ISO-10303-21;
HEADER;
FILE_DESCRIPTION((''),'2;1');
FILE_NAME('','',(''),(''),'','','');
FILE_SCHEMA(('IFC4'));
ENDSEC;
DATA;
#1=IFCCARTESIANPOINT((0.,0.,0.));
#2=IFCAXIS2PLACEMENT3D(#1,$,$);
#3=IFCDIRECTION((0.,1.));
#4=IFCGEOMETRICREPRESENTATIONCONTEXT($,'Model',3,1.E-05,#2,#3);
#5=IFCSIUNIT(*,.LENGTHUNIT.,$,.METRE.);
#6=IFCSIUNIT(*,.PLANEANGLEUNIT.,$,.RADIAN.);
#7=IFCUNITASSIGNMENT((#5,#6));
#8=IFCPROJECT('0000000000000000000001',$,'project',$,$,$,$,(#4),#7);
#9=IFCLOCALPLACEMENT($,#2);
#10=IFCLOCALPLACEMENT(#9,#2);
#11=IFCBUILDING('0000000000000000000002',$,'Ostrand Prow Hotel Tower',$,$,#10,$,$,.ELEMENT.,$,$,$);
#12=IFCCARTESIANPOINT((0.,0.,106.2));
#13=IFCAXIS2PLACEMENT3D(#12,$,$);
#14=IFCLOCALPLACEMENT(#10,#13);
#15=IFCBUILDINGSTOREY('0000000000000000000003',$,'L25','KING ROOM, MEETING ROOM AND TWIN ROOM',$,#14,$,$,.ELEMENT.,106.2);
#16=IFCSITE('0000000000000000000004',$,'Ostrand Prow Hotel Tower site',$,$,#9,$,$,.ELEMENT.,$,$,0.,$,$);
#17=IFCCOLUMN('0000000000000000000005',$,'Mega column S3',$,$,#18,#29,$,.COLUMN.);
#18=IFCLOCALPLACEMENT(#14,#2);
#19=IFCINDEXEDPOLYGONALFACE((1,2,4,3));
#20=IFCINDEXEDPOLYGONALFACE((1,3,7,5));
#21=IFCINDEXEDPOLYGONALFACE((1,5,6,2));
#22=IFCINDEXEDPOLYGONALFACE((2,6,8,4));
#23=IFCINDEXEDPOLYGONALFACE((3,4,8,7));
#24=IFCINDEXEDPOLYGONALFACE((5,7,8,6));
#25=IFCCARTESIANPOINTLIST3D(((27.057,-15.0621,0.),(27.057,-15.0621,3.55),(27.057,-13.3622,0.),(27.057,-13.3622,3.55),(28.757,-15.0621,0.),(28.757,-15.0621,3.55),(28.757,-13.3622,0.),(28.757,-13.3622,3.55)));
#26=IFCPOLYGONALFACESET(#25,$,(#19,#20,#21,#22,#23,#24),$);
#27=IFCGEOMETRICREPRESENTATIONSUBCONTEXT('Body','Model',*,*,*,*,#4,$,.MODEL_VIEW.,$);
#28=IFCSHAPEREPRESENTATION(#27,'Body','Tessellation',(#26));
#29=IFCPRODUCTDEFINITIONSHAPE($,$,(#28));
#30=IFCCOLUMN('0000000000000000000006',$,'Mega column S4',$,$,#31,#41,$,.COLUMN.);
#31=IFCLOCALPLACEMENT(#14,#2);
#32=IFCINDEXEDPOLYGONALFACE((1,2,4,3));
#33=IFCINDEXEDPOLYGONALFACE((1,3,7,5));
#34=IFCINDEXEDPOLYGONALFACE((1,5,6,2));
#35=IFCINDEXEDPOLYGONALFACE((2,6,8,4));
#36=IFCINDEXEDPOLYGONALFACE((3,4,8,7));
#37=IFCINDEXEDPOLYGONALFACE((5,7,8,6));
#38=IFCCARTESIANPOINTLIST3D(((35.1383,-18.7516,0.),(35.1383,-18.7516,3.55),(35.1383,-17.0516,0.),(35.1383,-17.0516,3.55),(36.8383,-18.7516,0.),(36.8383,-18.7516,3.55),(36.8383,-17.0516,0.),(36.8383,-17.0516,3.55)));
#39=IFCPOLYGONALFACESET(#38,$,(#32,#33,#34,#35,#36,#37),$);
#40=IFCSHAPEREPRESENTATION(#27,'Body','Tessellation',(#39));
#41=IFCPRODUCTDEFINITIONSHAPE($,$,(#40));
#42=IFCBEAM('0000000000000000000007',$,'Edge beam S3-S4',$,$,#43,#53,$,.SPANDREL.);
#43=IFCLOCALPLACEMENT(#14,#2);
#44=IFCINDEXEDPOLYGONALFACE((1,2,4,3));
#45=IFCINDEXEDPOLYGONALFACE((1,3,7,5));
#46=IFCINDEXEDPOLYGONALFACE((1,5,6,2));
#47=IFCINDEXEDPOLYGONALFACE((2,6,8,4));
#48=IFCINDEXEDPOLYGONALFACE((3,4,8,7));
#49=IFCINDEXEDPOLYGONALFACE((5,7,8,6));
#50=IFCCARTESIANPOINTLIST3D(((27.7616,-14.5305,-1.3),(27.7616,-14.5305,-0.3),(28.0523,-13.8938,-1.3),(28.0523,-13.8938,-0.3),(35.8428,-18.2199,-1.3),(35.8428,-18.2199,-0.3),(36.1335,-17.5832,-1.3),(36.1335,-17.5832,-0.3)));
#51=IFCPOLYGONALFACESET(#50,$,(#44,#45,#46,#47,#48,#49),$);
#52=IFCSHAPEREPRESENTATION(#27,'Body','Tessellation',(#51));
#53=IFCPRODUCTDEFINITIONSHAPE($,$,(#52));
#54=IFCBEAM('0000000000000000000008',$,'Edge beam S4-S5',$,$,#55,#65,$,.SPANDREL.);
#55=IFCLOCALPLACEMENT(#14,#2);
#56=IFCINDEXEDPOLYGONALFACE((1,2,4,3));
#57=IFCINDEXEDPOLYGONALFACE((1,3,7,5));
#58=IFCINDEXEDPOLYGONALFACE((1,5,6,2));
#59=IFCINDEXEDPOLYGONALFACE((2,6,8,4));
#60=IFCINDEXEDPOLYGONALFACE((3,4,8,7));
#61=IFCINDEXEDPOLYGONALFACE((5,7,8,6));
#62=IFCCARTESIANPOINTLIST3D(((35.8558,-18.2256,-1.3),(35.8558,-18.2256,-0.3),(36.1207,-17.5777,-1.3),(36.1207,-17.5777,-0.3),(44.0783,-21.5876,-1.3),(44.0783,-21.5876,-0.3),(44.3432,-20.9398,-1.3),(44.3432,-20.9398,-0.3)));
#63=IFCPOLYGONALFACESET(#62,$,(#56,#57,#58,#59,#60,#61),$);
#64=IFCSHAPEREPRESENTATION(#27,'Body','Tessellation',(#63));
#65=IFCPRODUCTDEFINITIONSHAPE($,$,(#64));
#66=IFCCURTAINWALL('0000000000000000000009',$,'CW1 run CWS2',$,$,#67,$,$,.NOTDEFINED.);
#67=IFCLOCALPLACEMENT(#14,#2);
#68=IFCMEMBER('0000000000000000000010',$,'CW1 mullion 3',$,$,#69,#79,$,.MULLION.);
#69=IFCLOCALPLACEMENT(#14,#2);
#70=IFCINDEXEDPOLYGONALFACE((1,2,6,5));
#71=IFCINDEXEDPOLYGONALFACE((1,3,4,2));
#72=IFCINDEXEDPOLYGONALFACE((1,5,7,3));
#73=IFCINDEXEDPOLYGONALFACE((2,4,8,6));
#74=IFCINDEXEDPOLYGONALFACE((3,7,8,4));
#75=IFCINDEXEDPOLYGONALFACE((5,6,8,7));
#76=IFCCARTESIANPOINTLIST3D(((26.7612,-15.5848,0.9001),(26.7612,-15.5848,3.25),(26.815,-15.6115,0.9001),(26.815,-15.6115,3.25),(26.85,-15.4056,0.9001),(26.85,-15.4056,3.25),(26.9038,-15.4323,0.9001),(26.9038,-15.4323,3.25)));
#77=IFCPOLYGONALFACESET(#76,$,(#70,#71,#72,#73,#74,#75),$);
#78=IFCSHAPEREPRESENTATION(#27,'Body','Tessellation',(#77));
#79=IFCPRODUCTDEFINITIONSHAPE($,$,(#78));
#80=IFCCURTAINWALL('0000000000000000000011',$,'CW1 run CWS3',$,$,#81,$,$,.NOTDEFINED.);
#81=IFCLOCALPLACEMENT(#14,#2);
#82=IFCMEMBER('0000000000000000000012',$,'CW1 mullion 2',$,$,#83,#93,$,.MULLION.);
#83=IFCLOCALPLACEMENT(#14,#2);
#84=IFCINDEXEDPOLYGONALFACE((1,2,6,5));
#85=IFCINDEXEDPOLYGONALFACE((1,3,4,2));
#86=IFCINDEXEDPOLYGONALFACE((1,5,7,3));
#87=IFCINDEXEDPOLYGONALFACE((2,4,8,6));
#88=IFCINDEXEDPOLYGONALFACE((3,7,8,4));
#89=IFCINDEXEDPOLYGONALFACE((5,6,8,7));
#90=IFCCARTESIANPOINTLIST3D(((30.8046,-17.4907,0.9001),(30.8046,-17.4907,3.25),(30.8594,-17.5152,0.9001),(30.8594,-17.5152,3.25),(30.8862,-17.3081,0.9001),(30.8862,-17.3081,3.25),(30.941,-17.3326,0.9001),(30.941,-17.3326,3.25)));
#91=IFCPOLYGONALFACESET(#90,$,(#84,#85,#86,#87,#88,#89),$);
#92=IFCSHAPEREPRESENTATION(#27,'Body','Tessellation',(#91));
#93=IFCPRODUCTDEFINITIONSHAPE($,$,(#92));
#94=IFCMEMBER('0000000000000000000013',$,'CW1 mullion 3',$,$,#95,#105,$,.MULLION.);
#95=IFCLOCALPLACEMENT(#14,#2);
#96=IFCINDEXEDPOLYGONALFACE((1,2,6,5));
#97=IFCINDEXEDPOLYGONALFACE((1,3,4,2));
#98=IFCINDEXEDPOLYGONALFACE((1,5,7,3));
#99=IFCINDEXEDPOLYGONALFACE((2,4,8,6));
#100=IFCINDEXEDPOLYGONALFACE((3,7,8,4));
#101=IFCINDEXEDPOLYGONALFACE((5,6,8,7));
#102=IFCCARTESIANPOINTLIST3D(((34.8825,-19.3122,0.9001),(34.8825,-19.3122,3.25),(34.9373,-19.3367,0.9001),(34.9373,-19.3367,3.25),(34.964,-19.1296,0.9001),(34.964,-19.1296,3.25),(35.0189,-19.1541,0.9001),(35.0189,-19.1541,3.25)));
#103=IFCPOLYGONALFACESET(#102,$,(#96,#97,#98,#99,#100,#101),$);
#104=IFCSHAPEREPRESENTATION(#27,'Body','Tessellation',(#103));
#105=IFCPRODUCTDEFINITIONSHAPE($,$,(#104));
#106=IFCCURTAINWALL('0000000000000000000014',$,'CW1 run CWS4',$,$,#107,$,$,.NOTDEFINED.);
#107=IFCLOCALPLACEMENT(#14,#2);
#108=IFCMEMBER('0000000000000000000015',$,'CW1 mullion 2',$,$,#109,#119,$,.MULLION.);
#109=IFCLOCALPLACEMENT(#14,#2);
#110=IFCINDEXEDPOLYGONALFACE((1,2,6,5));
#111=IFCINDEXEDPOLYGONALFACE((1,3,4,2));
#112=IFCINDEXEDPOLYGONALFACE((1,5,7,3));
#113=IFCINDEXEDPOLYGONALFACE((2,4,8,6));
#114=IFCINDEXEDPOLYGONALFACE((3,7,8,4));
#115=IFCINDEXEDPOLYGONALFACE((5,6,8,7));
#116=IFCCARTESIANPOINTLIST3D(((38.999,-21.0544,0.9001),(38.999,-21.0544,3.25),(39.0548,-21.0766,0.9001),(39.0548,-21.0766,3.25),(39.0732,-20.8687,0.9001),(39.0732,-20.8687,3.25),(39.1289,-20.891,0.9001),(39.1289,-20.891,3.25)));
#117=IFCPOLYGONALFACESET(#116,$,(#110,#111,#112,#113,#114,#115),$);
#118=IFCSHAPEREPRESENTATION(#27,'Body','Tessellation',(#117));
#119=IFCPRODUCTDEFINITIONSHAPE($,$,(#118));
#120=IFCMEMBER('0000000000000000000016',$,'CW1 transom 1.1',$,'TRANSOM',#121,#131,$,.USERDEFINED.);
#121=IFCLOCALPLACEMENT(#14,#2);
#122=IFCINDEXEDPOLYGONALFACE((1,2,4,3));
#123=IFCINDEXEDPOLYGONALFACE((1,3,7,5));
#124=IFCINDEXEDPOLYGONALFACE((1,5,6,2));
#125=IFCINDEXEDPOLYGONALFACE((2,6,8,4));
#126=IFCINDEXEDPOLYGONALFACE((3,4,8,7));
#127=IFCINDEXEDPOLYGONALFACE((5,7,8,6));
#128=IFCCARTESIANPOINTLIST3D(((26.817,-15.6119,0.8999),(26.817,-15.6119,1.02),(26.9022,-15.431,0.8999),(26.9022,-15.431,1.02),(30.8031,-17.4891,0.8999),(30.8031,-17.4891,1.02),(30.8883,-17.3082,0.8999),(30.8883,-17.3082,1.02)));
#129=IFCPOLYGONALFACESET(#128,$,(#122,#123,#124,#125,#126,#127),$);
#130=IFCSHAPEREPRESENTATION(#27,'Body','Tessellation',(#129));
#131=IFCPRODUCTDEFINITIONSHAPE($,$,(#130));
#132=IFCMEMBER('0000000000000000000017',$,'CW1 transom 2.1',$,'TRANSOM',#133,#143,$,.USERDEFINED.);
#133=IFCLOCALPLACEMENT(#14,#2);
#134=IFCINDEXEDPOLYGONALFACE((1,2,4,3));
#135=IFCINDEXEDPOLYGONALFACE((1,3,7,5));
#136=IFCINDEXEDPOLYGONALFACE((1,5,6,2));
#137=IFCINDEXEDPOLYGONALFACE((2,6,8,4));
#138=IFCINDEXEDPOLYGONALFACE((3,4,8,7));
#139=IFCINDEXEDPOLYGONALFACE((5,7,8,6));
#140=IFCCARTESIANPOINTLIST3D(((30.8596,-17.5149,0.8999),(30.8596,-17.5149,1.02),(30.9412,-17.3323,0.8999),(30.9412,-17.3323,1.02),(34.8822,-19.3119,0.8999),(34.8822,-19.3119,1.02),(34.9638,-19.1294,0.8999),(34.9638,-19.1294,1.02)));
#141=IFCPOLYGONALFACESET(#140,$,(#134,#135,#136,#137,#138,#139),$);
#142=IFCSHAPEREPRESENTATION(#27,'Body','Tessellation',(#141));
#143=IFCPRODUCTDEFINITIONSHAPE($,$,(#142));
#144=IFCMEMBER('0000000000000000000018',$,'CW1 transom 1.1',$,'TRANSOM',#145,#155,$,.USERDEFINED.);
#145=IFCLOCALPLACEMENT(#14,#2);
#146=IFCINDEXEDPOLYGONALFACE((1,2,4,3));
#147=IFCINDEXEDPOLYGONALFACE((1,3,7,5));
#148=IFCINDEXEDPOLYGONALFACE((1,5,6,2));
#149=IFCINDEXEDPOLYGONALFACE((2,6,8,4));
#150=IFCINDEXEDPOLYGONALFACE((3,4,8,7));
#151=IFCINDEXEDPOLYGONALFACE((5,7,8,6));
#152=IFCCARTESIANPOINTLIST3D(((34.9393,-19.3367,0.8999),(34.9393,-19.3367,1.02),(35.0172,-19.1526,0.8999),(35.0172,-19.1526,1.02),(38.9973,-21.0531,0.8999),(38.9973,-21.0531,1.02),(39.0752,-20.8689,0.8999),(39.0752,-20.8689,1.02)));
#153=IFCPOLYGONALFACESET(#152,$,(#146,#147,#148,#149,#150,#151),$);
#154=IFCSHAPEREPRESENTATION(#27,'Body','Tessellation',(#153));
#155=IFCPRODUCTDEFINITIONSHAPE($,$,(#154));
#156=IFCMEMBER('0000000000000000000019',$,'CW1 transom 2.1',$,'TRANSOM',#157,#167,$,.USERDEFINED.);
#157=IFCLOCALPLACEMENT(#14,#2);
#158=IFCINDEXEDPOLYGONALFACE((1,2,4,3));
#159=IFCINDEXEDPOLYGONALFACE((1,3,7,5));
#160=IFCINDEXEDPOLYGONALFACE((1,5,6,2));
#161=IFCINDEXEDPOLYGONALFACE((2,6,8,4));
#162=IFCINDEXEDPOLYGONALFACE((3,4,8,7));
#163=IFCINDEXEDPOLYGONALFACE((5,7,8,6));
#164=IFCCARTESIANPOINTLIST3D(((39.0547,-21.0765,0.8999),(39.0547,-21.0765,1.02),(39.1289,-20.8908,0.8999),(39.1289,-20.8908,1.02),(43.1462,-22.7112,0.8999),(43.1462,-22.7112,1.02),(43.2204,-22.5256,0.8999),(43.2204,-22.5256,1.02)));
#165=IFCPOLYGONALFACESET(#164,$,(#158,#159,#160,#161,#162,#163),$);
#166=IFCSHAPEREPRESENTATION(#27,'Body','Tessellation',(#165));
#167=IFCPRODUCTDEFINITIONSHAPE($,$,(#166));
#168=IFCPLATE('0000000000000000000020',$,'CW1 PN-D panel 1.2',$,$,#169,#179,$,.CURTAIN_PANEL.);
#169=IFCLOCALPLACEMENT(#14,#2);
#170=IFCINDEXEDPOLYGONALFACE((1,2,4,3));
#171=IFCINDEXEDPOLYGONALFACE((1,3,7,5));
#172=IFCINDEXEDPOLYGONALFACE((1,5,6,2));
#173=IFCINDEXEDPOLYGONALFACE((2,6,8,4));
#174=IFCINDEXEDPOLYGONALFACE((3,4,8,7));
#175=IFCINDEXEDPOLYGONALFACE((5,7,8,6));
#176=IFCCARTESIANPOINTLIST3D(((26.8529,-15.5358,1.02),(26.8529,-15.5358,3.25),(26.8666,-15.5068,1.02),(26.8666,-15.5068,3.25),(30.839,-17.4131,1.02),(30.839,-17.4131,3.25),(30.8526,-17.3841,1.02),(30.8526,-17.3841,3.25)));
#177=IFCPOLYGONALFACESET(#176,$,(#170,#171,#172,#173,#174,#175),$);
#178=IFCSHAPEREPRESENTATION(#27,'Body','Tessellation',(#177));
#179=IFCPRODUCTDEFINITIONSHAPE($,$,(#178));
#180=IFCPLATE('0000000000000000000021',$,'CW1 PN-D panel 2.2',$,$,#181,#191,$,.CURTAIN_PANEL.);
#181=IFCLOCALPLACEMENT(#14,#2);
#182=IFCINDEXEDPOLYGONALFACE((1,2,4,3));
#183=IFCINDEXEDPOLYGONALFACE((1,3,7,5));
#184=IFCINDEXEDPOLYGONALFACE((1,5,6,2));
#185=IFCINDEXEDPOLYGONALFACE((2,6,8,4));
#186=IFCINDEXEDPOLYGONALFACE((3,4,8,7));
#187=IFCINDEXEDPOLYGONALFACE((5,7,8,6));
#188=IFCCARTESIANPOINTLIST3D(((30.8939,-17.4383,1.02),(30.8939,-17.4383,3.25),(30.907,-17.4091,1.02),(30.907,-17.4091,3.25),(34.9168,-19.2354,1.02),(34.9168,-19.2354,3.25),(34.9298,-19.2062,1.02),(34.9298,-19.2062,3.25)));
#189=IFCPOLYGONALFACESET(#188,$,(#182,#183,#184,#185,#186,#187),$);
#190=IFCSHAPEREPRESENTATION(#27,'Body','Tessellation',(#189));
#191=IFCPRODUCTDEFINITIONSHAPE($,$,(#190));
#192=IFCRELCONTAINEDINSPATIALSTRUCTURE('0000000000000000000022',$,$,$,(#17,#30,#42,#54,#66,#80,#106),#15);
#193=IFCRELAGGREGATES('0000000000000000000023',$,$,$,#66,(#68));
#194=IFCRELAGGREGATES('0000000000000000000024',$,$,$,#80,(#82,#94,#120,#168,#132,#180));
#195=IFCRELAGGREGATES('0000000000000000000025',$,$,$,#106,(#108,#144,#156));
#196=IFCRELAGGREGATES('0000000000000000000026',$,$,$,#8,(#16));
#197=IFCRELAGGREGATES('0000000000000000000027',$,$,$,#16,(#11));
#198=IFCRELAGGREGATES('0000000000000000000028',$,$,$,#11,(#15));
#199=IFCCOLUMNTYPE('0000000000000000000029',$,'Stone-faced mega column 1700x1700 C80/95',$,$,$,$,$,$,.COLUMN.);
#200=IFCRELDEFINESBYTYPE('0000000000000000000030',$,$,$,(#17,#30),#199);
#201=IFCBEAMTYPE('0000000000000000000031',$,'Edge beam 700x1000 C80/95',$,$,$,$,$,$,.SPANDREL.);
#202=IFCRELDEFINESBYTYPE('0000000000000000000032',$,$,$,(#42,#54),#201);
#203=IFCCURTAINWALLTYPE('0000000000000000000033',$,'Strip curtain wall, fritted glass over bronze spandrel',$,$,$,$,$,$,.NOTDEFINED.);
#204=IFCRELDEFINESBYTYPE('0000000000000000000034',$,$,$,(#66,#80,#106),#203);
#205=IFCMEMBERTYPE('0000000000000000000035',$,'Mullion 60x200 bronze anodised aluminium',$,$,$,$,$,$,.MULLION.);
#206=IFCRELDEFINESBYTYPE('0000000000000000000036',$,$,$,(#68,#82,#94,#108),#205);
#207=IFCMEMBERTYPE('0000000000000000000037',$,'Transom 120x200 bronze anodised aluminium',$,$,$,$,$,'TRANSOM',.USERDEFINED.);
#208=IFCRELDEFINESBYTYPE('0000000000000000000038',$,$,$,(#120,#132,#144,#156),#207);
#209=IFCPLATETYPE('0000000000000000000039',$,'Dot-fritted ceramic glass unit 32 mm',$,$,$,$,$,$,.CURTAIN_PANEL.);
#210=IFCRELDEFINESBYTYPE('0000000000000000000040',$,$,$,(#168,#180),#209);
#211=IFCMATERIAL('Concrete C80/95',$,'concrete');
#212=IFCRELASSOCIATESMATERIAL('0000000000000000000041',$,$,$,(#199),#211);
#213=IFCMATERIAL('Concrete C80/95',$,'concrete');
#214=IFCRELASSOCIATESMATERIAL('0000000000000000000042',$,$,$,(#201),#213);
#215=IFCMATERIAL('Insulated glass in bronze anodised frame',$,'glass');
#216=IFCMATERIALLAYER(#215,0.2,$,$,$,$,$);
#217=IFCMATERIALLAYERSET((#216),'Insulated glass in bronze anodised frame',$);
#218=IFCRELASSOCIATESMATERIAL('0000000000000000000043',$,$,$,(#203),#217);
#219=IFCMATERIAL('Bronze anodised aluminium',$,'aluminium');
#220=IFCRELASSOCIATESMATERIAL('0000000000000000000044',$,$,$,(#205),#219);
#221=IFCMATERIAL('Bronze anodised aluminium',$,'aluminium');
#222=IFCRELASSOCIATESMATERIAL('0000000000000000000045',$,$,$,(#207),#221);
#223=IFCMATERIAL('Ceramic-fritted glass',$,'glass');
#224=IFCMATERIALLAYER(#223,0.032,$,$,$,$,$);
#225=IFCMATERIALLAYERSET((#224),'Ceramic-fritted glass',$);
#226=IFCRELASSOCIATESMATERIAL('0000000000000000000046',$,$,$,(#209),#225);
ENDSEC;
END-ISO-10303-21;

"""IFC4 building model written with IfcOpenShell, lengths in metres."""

from ifc_helpers import new_model, si_unit, direction, frame, origin, origin_2d, place, context, subcontext, project, spatial, rectangle, extrude, material, layer, layer_set, material_profile, profile_set, type_object, element, aggregate, save


model = new_model("IFC4")

# Units and contexts
model_context = context("Model", 3, precision=1e-05, world=origin(), true_north=direction((0.0, 1.0)))
body_context = subcontext(model_context, "Body", "Model", "MODEL_VIEW")
ifc_project = project(units=[si_unit("LENGTHUNIT", "METRE"), si_unit("PLANEANGLEUNIT", "RADIAN")], contexts=[model_context])

# Site, building, storey
site_placement = place(None, origin())
site = spatial("IfcSite", under=ifc_project, at=site_placement, Name="Ostrand Prow Hotel Tower site", CompositionType="ELEMENT", RefElevation=0.0)
building_placement = place(site_placement, origin())
building = spatial("IfcBuilding", under=site, at=building_placement, Name="Ostrand Prow Hotel Tower", CompositionType="ELEMENT")
storey_placement = place(building_placement, frame((0.0, 0.0, 106.2)))
storey = spatial("IfcBuildingStorey", under=building, at=storey_placement, Name="L25", Description="KING ROOM, MEETING ROOM AND TWIN ROOM", CompositionType="ELEMENT", Elevation=106.2)

# Columns
ifc_material_1 = material(Name="Concrete C80/95", Category="concrete")
ifc_material_profile_1 = material_profile(ifc_material_1, rectangle(XDim=1.7, YDim=1.7, at=origin_2d()), Name="RC 1700x1700")
ifc_profile_set_1 = profile_set([ifc_material_profile_1], Name="Concrete C80/95")
column_type = type_object("IfcColumnType", Name="Stone-faced mega column 1700x1700 C80/95", PredefinedType="COLUMN", material=ifc_profile_set_1)
for number, where, z_axis, x_axis, name in (
    (1, (27.907, -14.2122, 0.0), (0.0, 0.0, 1.0), (1.0, 0.0, 0.0), "Mega column S3"),
    (2, (35.9883, -17.9016, 0.0), (0.0, 0.0, 1.0), (1.0, 0.0, 0.0), "Mega column S4"),
):
    element("IfcColumn", number, at=place(storey_placement, frame(where, z_axis=z_axis, x_axis=x_axis)), inside=storey, type_object=column_type, Name=name, PredefinedType="COLUMN", context=body_context, shape_type="SweptSolid", body=[
        extrude(rectangle(XDim=1.7, YDim=1.7, at=origin_2d()), origin(), (0.0, 0.0, 1.0), 3.55),
    ])

# Beams
ifc_material_2 = material(Name="Concrete C80/95", Category="concrete")
ifc_material_profile_2 = material_profile(ifc_material_2, rectangle(XDim=0.7, YDim=1.0, at=origin_2d()), Name="RC 700x1000")
ifc_profile_set_2 = profile_set([ifc_material_profile_2], Name="Concrete C80/95")
beam_type = type_object("IfcBeamType", Name="Edge beam 700x1000 C80/95", PredefinedType="SPANDREL", material=ifc_profile_set_2)
beam_1_placement = place(storey_placement, frame((27.907, -14.2122, -0.8), z_axis=(0.909681, -0.415308, 0.0), x_axis=(0.415308, 0.909681, 0.0)))
element("IfcBeam", 3, at=beam_1_placement, inside=storey, type_object=beam_type, Name="Edge beam S3-S4", PredefinedType="SPANDREL", context=body_context, shape_type="SweptSolid", body=[
    extrude(rectangle(XDim=0.7, YDim=1.0, at=origin_2d()), origin(), (0.0, 0.0, 1.0), 8.8835),
])
beam_2_placement = place(storey_placement, frame((35.9883, -17.9016, -0.8), z_axis=(0.925612, -0.378473, 0.0), x_axis=(0.378473, 0.925612, 0.0)))
element("IfcBeam", 4, at=beam_2_placement, inside=storey, type_object=beam_type, Name="Edge beam S4-S5", PredefinedType="SPANDREL", context=body_context, shape_type="SweptSolid", body=[
    extrude(rectangle(XDim=0.7, YDim=1.0, at=origin_2d()), origin(), (0.0, 0.0, 1.0), 8.8833),
])

# Curtain wall, member
ifc_material_3 = material(Name="Insulated glass in bronze anodised frame", Category="glass")
ifc_layer_1 = layer(ifc_material_3, 0.2)
ifc_layer_set_1 = layer_set([ifc_layer_1], Name="Insulated glass in bronze anodised frame")
curtain_wall_type = type_object("IfcCurtainWallType", Name="Strip curtain wall, fritted glass over bronze spandrel", PredefinedType="NOTDEFINED", material=ifc_layer_set_1)
curtain_wall_1_placement = place(storey_placement, origin())
curtain_wall_1 = element("IfcCurtainWall", 5, at=curtain_wall_1_placement, inside=storey, type_object=curtain_wall_type, Name="CW1 run CWS2", PredefinedType="NOTDEFINED")
ifc_material_4 = material(Name="Bronze anodised aluminium", Category="aluminium")
ifc_material_profile_3 = material_profile(ifc_material_4, rectangle(XDim=0.2, YDim=0.0601, at=origin_2d()), Name="Mullion 60x200 bronze anodised aluminium")
ifc_profile_set_3 = profile_set([ifc_material_profile_3], Name="Bronze anodised aluminium")
member_type_1 = type_object("IfcMemberType", Name="Mullion 60x200 bronze anodised aluminium", PredefinedType="MULLION", material=ifc_profile_set_3)
member_1_placement = place(storey_placement, frame((26.8325, -15.5085, 0.9001), z_axis=(0.0, 0.0, 1.0), x_axis=(0.444113, 0.895971, 0.0)))
member_1 = element("IfcMember", 6, at=member_1_placement, type_object=member_type_1, Name="CW1 mullion 3", PredefinedType="MULLION", context=body_context, shape_type="SweptSolid", body=[
    extrude(rectangle(XDim=0.2, YDim=0.0601, at=origin_2d()), origin(), (0.0, 0.0, 1.0), 2.3499),
])
aggregate(curtain_wall_1, [member_1])

# Curtain wall, members
curtain_wall_2_placement = place(storey_placement, origin())
curtain_wall_2 = element("IfcCurtainWall", 7, at=curtain_wall_2_placement, inside=storey, type_object=curtain_wall_type, Name="CW1 run CWS3", PredefinedType="NOTDEFINED")
member_2_placement = place(storey_placement, frame((30.8728, -17.4116, 0.9001), z_axis=(0.0, 0.0, 1.0), x_axis=(0.407875, 0.913038, 0.0)))
member_2 = element("IfcMember", 8, at=member_2_placement, type_object=member_type_1, Name="CW1 mullion 2", PredefinedType="MULLION", context=body_context, shape_type="SweptSolid", body=[
    extrude(rectangle(XDim=0.2, YDim=0.0601, at=origin_2d()), origin(), (0.0, 0.0, 1.0), 2.3499),
])
member_3_placement = place(storey_placement, frame((34.9507, -19.2332, 0.9001), z_axis=(0.0, 0.0, 1.0), x_axis=(0.407875, 0.913038, 0.0)))
member_3 = element("IfcMember", 9, at=member_3_placement, type_object=member_type_1, Name="CW1 mullion 3", PredefinedType="MULLION", context=body_context, shape_type="SweptSolid", body=[
    extrude(rectangle(XDim=0.2, YDim=0.0601, at=origin_2d()), origin(), (0.0, 0.0, 1.0), 2.3499),
])

# Curtain wall, member
curtain_wall_3_placement = place(storey_placement, origin())
curtain_wall_3 = element("IfcCurtainWall", 10, at=curtain_wall_3_placement, inside=storey, type_object=curtain_wall_type, Name="CW1 run CWS4", PredefinedType="NOTDEFINED")
member_4_placement = place(storey_placement, frame((39.064, -20.9727, 0.9001), z_axis=(0.0, 0.0, 1.0), x_axis=(0.370982, 0.92864, 0.0)))
member_4 = element("IfcMember", 11, at=member_4_placement, type_object=member_type_1, Name="CW1 mullion 2", PredefinedType="MULLION", context=body_context, shape_type="SweptSolid", body=[
    extrude(rectangle(XDim=0.2, YDim=0.0601, at=origin_2d()), origin(), (0.0, 0.0, 1.0), 2.3499),
])

# Members
ifc_material_5 = material(Name="Bronze anodised aluminium", Category="aluminium")
ifc_material_profile_4 = material_profile(ifc_material_5, rectangle(XDim=0.2, YDim=0.1201, at=origin_2d()), Name="Transom 120x200 bronze anodised aluminium")
ifc_profile_set_4 = profile_set([ifc_material_profile_4], Name="Bronze anodised aluminium")
member_type_2 = type_object("IfcMemberType", Name="Transom 120x200 bronze anodised aluminium", ElementType="TRANSOM", PredefinedType="USERDEFINED", material=ifc_profile_set_4)
member_5_placement = place(storey_placement, frame((26.8596, -15.5215, 0.96), z_axis=(0.904697, -0.426056, 0.0), x_axis=(0.426056, 0.904697, 0.0)))
member_5 = element("IfcMember", 12, at=member_5_placement, type_object=member_type_2, Name="CW1 transom 1.1", ObjectType="TRANSOM", PredefinedType="USERDEFINED", context=body_context, shape_type="SweptSolid", body=[
    extrude(rectangle(XDim=0.2, YDim=0.1201, at=origin_2d()), origin(), (0.0, 0.0, 1.0), 4.406),
])
member_6_placement = place(storey_placement, frame((30.9004, -17.4236, 0.96), z_axis=(0.913031, -0.407891, 0.0), x_axis=(0.407891, 0.913031, 0.0)))
member_6 = element("IfcMember", 13, at=member_6_placement, type_object=member_type_2, Name="CW1 transom 2.1", ObjectType="TRANSOM", PredefinedType="USERDEFINED", context=body_context, shape_type="SweptSolid", body=[
    extrude(rectangle(XDim=0.2, YDim=0.1201, at=origin_2d()), origin(), (0.0, 0.0, 1.0), 4.4058),
])
member_7_placement = place(storey_placement, frame((34.9783, -19.2446, 0.96), z_axis=(0.921006, -0.389548, 0.0), x_axis=(0.389548, 0.921006, 0.0)))
member_7 = element("IfcMember", 14, at=member_7_placement, type_object=member_type_2, Name="CW1 transom 1.1", ObjectType="TRANSOM", PredefinedType="USERDEFINED", context=body_context, shape_type="SweptSolid", body=[
    extrude(rectangle(XDim=0.2, YDim=0.1201, at=origin_2d()), origin(), (0.0, 0.0, 1.0), 4.406),
])
member_8_placement = place(storey_placement, frame((39.0918, -20.9836, 0.96), z_axis=(0.928622, -0.371028, 0.0), x_axis=(0.371028, 0.928622, 0.0)))
member_8 = element("IfcMember", 15, at=member_8_placement, type_object=member_type_2, Name="CW1 transom 2.1", ObjectType="TRANSOM", PredefinedType="USERDEFINED", context=body_context, shape_type="SweptSolid", body=[
    extrude(rectangle(XDim=0.2, YDim=0.1201, at=origin_2d()), origin(), (0.0, 0.0, 1.0), 4.406),
])

# Plates
ifc_material_6 = material(Name="Ceramic-fritted glass", Category="glass")
ifc_layer_2 = layer(ifc_material_6, 0.032)
ifc_layer_set_2 = layer_set([ifc_layer_2], Name="Ceramic-fritted glass")
plate_type_1 = type_object("IfcPlateType", Name="Dot-fritted ceramic glass unit 32 mm", PredefinedType="CURTAIN_PANEL", material=ifc_layer_set_2)
plate_1_placement = place(storey_placement, frame((28.8528, -16.46, 1.02), z_axis=(0.0, 0.0, 1.0), x_axis=(0.904686, -0.426079, 0.0)))
plate_1 = element("IfcPlate", 16, at=plate_1_placement, type_object=plate_type_1, Name="CW1 PN-D panel 1.2", PredefinedType="CURTAIN_PANEL", context=body_context, shape_type="SweptSolid", body=[
    extrude(rectangle(XDim=4.406, YDim=0.032, at=origin_2d()), origin(), (0.0, 0.0, 1.0), 2.23),
])
plate_2_placement = place(storey_placement, frame((32.9119, -18.3223, 1.02), z_axis=(0.0, 0.0, 1.0), x_axis=(0.913038, -0.407875, 0.0)))
plate_2 = element("IfcPlate", 17, at=plate_2_placement, type_object=plate_type_1, Name="CW1 PN-D panel 2.2", PredefinedType="CURTAIN_PANEL", context=body_context, shape_type="SweptSolid", body=[
    extrude(rectangle(XDim=4.406, YDim=0.032, at=origin_2d()), origin(), (0.0, 0.0, 1.0), 2.23),
])
aggregate(curtain_wall_2, [member_2, member_3, member_5, plate_1, member_6, plate_2])
aggregate(curtain_wall_3, [member_4, member_7, member_8])

save(model, "model.ifc")
